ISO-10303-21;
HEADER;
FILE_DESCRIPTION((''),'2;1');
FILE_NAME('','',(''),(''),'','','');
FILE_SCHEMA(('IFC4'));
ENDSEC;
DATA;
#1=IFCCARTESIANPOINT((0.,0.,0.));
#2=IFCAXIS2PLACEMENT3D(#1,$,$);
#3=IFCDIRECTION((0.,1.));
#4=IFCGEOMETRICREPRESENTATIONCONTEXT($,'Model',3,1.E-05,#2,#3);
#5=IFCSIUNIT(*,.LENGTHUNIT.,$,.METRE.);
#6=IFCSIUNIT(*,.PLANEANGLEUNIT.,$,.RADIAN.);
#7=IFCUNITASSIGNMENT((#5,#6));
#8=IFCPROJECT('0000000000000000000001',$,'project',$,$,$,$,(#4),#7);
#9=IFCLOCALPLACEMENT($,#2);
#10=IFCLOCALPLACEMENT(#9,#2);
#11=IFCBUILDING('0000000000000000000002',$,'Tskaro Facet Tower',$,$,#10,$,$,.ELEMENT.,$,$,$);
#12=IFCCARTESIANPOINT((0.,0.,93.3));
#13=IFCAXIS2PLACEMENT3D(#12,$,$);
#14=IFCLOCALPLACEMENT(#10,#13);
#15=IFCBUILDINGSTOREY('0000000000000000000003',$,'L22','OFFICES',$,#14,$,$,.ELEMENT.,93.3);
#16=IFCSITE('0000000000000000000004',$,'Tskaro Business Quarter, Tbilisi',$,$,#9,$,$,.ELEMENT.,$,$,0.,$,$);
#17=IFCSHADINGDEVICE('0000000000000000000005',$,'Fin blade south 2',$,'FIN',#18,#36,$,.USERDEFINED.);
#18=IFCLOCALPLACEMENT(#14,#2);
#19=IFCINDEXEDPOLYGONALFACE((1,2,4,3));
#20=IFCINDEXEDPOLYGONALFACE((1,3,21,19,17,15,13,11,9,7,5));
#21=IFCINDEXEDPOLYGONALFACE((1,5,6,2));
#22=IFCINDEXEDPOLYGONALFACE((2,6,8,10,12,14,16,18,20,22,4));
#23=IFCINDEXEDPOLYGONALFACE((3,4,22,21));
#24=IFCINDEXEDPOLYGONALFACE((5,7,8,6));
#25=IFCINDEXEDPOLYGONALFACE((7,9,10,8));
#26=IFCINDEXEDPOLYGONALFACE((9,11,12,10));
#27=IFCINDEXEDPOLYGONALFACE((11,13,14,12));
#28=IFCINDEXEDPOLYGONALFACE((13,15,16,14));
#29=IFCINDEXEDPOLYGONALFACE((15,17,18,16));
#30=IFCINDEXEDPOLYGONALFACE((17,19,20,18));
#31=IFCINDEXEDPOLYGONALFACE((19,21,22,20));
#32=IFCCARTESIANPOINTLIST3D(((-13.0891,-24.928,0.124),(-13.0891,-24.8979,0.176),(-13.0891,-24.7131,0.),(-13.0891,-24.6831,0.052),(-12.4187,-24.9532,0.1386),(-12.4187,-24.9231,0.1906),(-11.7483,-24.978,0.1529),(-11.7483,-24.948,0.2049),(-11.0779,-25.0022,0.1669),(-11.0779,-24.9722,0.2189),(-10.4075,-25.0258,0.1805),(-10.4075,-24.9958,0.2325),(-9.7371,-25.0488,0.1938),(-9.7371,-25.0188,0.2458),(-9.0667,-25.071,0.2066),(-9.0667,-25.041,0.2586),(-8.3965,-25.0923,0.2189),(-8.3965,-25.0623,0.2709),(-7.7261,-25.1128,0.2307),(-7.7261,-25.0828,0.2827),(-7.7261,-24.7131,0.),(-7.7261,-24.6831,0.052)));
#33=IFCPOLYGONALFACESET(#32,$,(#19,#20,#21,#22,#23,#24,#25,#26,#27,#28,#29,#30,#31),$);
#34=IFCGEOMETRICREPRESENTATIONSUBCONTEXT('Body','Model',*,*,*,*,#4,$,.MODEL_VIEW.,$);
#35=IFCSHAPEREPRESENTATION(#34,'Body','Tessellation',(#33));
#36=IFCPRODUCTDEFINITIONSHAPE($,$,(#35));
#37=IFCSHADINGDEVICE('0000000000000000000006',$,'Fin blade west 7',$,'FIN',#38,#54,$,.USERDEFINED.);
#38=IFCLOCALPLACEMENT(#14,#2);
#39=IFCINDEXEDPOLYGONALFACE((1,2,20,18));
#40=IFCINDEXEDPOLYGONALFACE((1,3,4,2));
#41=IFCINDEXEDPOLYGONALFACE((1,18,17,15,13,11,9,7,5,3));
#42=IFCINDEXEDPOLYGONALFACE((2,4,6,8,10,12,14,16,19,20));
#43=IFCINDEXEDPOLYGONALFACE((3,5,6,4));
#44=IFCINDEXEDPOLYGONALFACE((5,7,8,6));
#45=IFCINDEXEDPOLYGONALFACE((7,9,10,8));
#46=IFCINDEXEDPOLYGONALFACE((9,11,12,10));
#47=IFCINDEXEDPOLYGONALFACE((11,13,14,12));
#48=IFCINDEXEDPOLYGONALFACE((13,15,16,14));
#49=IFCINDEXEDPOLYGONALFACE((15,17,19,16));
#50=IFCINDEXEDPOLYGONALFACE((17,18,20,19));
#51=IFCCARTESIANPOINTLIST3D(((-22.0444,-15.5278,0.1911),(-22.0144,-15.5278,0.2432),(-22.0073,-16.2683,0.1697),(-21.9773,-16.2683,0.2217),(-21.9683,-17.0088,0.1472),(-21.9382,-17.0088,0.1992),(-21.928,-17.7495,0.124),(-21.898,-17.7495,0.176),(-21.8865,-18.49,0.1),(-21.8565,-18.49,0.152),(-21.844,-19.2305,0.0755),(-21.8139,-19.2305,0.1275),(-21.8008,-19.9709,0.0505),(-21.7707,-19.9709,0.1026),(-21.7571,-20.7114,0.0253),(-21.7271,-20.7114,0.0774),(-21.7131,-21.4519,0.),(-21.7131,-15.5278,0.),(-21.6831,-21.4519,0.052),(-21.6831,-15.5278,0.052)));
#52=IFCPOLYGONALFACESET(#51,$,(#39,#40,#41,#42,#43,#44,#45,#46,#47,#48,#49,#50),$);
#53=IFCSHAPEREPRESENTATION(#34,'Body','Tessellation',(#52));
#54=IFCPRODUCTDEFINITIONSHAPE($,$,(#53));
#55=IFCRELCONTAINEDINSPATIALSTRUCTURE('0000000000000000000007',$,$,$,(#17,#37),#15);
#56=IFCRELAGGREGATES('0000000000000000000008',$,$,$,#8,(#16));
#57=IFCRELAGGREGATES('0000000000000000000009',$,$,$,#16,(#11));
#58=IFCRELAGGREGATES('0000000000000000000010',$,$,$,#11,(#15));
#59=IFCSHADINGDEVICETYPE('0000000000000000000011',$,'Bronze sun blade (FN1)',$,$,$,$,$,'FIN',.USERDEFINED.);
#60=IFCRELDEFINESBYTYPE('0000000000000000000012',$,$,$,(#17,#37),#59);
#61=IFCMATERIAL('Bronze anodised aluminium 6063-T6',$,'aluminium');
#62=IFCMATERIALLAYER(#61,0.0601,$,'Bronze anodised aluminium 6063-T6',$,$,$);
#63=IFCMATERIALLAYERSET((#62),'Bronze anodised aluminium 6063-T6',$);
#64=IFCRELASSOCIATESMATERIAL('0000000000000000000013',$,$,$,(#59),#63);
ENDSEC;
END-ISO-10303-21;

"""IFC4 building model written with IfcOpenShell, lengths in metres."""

from ifc_helpers import new_model, si_unit, direction, frame, origin, place, context, subcontext, project, spatial, polyline, outline, extrude, material, layer, layer_set, type_object, element, save


model = new_model("IFC4")

# Units and contexts
model_context = context("Model", 3, precision=1e-05, world=origin(), true_north=direction((0.0, 1.0)))
body_context = subcontext(model_context, "Body", "Model", "MODEL_VIEW")
ifc_project = project(units=[si_unit("LENGTHUNIT", "METRE"), si_unit("PLANEANGLEUNIT", "RADIAN")], contexts=[model_context])

# Site, building, storey
site_placement = place(None, origin())
site = spatial("IfcSite", under=ifc_project, at=site_placement, Name="Tskaro Business Quarter, Tbilisi", CompositionType="ELEMENT", RefElevation=0.0)
building_placement = place(site_placement, origin())
building = spatial("IfcBuilding", under=site, at=building_placement, Name="Tskaro Facet Tower", CompositionType="ELEMENT")
storey_placement = place(building_placement, frame((0.0, 0.0, 93.3)))
storey = spatial("IfcBuildingStorey", under=building, at=storey_placement, Name="L22", Description="OFFICES", CompositionType="ELEMENT", Elevation=93.3)

# Shared definitions
ifc_material_1 = material(Name="Bronze anodised aluminium 6063-T6", Category="aluminium")

# Shading devices
ifc_layer_1 = layer(ifc_material_1, 0.0601, Name="Bronze anodised aluminium 6063-T6")
ifc_layer_set_1 = layer_set([ifc_layer_1], Name="Bronze anodised aluminium 6063-T6")
shading_device_type = type_object("IfcShadingDeviceType", Name="Bronze sun blade (FN1)", ElementType="FIN", PredefinedType="USERDEFINED", material=ifc_layer_set_1)
shading_device_1_placement = place(storey_placement, frame((-13.0891, -24.6831, 0.052), z_axis=(0.000002, 0.499994, 0.866029), x_axis=(1.0, -0.000001, -0.000002)))
element("IfcShadingDevice", 1, at=shading_device_1_placement, inside=storey, type_object=shading_device_type, Name="Fin blade south 2", ObjectType="FIN", PredefinedType="USERDEFINED", context=body_context, shape_type="SweptSolid", body=[
    extrude(outline(polyline([(0.0, 0.0), (5.363, 0.0), (5.363, -0.4615), (4.6926, -0.4379), (4.0225, -0.4132), (3.3521, -0.3876), (2.6816, -0.3611), (2.0112, -0.3338), (1.3408, -0.3058), (0.6704, -0.2772), (0.0, -0.2481), (0.0, 0.0)])), origin(), (0.0, 0.0, -1.0), 0.0601),
])
shading_device_2_placement = place(storey_placement, frame((-21.6831, -15.5278, 0.052), z_axis=(0.499778, 0.0, 0.866153), x_axis=(0.0, -1.0, 0.0)))
element("IfcShadingDevice", 2, at=shading_device_2_placement, inside=storey, type_object=shading_device_type, Name="Fin blade west 7", ObjectType="FIN", PredefinedType="USERDEFINED", context=body_context, shape_type="SweptSolid", body=[
    extrude(outline(polyline([(0.0, 0.0), (5.9241, 0.0), (5.1836, -0.0508), (4.4431, -0.1012), (3.7026, -0.151), (2.9622, -0.2002), (2.2217, -0.2481), (1.481, -0.2946), (0.7405, -0.3396), (0.0, -0.3825), (0.0, 0.0)])), origin(), (0.0, 0.0, -1.0), 0.0601),
])

save(model, "model.ifc")
